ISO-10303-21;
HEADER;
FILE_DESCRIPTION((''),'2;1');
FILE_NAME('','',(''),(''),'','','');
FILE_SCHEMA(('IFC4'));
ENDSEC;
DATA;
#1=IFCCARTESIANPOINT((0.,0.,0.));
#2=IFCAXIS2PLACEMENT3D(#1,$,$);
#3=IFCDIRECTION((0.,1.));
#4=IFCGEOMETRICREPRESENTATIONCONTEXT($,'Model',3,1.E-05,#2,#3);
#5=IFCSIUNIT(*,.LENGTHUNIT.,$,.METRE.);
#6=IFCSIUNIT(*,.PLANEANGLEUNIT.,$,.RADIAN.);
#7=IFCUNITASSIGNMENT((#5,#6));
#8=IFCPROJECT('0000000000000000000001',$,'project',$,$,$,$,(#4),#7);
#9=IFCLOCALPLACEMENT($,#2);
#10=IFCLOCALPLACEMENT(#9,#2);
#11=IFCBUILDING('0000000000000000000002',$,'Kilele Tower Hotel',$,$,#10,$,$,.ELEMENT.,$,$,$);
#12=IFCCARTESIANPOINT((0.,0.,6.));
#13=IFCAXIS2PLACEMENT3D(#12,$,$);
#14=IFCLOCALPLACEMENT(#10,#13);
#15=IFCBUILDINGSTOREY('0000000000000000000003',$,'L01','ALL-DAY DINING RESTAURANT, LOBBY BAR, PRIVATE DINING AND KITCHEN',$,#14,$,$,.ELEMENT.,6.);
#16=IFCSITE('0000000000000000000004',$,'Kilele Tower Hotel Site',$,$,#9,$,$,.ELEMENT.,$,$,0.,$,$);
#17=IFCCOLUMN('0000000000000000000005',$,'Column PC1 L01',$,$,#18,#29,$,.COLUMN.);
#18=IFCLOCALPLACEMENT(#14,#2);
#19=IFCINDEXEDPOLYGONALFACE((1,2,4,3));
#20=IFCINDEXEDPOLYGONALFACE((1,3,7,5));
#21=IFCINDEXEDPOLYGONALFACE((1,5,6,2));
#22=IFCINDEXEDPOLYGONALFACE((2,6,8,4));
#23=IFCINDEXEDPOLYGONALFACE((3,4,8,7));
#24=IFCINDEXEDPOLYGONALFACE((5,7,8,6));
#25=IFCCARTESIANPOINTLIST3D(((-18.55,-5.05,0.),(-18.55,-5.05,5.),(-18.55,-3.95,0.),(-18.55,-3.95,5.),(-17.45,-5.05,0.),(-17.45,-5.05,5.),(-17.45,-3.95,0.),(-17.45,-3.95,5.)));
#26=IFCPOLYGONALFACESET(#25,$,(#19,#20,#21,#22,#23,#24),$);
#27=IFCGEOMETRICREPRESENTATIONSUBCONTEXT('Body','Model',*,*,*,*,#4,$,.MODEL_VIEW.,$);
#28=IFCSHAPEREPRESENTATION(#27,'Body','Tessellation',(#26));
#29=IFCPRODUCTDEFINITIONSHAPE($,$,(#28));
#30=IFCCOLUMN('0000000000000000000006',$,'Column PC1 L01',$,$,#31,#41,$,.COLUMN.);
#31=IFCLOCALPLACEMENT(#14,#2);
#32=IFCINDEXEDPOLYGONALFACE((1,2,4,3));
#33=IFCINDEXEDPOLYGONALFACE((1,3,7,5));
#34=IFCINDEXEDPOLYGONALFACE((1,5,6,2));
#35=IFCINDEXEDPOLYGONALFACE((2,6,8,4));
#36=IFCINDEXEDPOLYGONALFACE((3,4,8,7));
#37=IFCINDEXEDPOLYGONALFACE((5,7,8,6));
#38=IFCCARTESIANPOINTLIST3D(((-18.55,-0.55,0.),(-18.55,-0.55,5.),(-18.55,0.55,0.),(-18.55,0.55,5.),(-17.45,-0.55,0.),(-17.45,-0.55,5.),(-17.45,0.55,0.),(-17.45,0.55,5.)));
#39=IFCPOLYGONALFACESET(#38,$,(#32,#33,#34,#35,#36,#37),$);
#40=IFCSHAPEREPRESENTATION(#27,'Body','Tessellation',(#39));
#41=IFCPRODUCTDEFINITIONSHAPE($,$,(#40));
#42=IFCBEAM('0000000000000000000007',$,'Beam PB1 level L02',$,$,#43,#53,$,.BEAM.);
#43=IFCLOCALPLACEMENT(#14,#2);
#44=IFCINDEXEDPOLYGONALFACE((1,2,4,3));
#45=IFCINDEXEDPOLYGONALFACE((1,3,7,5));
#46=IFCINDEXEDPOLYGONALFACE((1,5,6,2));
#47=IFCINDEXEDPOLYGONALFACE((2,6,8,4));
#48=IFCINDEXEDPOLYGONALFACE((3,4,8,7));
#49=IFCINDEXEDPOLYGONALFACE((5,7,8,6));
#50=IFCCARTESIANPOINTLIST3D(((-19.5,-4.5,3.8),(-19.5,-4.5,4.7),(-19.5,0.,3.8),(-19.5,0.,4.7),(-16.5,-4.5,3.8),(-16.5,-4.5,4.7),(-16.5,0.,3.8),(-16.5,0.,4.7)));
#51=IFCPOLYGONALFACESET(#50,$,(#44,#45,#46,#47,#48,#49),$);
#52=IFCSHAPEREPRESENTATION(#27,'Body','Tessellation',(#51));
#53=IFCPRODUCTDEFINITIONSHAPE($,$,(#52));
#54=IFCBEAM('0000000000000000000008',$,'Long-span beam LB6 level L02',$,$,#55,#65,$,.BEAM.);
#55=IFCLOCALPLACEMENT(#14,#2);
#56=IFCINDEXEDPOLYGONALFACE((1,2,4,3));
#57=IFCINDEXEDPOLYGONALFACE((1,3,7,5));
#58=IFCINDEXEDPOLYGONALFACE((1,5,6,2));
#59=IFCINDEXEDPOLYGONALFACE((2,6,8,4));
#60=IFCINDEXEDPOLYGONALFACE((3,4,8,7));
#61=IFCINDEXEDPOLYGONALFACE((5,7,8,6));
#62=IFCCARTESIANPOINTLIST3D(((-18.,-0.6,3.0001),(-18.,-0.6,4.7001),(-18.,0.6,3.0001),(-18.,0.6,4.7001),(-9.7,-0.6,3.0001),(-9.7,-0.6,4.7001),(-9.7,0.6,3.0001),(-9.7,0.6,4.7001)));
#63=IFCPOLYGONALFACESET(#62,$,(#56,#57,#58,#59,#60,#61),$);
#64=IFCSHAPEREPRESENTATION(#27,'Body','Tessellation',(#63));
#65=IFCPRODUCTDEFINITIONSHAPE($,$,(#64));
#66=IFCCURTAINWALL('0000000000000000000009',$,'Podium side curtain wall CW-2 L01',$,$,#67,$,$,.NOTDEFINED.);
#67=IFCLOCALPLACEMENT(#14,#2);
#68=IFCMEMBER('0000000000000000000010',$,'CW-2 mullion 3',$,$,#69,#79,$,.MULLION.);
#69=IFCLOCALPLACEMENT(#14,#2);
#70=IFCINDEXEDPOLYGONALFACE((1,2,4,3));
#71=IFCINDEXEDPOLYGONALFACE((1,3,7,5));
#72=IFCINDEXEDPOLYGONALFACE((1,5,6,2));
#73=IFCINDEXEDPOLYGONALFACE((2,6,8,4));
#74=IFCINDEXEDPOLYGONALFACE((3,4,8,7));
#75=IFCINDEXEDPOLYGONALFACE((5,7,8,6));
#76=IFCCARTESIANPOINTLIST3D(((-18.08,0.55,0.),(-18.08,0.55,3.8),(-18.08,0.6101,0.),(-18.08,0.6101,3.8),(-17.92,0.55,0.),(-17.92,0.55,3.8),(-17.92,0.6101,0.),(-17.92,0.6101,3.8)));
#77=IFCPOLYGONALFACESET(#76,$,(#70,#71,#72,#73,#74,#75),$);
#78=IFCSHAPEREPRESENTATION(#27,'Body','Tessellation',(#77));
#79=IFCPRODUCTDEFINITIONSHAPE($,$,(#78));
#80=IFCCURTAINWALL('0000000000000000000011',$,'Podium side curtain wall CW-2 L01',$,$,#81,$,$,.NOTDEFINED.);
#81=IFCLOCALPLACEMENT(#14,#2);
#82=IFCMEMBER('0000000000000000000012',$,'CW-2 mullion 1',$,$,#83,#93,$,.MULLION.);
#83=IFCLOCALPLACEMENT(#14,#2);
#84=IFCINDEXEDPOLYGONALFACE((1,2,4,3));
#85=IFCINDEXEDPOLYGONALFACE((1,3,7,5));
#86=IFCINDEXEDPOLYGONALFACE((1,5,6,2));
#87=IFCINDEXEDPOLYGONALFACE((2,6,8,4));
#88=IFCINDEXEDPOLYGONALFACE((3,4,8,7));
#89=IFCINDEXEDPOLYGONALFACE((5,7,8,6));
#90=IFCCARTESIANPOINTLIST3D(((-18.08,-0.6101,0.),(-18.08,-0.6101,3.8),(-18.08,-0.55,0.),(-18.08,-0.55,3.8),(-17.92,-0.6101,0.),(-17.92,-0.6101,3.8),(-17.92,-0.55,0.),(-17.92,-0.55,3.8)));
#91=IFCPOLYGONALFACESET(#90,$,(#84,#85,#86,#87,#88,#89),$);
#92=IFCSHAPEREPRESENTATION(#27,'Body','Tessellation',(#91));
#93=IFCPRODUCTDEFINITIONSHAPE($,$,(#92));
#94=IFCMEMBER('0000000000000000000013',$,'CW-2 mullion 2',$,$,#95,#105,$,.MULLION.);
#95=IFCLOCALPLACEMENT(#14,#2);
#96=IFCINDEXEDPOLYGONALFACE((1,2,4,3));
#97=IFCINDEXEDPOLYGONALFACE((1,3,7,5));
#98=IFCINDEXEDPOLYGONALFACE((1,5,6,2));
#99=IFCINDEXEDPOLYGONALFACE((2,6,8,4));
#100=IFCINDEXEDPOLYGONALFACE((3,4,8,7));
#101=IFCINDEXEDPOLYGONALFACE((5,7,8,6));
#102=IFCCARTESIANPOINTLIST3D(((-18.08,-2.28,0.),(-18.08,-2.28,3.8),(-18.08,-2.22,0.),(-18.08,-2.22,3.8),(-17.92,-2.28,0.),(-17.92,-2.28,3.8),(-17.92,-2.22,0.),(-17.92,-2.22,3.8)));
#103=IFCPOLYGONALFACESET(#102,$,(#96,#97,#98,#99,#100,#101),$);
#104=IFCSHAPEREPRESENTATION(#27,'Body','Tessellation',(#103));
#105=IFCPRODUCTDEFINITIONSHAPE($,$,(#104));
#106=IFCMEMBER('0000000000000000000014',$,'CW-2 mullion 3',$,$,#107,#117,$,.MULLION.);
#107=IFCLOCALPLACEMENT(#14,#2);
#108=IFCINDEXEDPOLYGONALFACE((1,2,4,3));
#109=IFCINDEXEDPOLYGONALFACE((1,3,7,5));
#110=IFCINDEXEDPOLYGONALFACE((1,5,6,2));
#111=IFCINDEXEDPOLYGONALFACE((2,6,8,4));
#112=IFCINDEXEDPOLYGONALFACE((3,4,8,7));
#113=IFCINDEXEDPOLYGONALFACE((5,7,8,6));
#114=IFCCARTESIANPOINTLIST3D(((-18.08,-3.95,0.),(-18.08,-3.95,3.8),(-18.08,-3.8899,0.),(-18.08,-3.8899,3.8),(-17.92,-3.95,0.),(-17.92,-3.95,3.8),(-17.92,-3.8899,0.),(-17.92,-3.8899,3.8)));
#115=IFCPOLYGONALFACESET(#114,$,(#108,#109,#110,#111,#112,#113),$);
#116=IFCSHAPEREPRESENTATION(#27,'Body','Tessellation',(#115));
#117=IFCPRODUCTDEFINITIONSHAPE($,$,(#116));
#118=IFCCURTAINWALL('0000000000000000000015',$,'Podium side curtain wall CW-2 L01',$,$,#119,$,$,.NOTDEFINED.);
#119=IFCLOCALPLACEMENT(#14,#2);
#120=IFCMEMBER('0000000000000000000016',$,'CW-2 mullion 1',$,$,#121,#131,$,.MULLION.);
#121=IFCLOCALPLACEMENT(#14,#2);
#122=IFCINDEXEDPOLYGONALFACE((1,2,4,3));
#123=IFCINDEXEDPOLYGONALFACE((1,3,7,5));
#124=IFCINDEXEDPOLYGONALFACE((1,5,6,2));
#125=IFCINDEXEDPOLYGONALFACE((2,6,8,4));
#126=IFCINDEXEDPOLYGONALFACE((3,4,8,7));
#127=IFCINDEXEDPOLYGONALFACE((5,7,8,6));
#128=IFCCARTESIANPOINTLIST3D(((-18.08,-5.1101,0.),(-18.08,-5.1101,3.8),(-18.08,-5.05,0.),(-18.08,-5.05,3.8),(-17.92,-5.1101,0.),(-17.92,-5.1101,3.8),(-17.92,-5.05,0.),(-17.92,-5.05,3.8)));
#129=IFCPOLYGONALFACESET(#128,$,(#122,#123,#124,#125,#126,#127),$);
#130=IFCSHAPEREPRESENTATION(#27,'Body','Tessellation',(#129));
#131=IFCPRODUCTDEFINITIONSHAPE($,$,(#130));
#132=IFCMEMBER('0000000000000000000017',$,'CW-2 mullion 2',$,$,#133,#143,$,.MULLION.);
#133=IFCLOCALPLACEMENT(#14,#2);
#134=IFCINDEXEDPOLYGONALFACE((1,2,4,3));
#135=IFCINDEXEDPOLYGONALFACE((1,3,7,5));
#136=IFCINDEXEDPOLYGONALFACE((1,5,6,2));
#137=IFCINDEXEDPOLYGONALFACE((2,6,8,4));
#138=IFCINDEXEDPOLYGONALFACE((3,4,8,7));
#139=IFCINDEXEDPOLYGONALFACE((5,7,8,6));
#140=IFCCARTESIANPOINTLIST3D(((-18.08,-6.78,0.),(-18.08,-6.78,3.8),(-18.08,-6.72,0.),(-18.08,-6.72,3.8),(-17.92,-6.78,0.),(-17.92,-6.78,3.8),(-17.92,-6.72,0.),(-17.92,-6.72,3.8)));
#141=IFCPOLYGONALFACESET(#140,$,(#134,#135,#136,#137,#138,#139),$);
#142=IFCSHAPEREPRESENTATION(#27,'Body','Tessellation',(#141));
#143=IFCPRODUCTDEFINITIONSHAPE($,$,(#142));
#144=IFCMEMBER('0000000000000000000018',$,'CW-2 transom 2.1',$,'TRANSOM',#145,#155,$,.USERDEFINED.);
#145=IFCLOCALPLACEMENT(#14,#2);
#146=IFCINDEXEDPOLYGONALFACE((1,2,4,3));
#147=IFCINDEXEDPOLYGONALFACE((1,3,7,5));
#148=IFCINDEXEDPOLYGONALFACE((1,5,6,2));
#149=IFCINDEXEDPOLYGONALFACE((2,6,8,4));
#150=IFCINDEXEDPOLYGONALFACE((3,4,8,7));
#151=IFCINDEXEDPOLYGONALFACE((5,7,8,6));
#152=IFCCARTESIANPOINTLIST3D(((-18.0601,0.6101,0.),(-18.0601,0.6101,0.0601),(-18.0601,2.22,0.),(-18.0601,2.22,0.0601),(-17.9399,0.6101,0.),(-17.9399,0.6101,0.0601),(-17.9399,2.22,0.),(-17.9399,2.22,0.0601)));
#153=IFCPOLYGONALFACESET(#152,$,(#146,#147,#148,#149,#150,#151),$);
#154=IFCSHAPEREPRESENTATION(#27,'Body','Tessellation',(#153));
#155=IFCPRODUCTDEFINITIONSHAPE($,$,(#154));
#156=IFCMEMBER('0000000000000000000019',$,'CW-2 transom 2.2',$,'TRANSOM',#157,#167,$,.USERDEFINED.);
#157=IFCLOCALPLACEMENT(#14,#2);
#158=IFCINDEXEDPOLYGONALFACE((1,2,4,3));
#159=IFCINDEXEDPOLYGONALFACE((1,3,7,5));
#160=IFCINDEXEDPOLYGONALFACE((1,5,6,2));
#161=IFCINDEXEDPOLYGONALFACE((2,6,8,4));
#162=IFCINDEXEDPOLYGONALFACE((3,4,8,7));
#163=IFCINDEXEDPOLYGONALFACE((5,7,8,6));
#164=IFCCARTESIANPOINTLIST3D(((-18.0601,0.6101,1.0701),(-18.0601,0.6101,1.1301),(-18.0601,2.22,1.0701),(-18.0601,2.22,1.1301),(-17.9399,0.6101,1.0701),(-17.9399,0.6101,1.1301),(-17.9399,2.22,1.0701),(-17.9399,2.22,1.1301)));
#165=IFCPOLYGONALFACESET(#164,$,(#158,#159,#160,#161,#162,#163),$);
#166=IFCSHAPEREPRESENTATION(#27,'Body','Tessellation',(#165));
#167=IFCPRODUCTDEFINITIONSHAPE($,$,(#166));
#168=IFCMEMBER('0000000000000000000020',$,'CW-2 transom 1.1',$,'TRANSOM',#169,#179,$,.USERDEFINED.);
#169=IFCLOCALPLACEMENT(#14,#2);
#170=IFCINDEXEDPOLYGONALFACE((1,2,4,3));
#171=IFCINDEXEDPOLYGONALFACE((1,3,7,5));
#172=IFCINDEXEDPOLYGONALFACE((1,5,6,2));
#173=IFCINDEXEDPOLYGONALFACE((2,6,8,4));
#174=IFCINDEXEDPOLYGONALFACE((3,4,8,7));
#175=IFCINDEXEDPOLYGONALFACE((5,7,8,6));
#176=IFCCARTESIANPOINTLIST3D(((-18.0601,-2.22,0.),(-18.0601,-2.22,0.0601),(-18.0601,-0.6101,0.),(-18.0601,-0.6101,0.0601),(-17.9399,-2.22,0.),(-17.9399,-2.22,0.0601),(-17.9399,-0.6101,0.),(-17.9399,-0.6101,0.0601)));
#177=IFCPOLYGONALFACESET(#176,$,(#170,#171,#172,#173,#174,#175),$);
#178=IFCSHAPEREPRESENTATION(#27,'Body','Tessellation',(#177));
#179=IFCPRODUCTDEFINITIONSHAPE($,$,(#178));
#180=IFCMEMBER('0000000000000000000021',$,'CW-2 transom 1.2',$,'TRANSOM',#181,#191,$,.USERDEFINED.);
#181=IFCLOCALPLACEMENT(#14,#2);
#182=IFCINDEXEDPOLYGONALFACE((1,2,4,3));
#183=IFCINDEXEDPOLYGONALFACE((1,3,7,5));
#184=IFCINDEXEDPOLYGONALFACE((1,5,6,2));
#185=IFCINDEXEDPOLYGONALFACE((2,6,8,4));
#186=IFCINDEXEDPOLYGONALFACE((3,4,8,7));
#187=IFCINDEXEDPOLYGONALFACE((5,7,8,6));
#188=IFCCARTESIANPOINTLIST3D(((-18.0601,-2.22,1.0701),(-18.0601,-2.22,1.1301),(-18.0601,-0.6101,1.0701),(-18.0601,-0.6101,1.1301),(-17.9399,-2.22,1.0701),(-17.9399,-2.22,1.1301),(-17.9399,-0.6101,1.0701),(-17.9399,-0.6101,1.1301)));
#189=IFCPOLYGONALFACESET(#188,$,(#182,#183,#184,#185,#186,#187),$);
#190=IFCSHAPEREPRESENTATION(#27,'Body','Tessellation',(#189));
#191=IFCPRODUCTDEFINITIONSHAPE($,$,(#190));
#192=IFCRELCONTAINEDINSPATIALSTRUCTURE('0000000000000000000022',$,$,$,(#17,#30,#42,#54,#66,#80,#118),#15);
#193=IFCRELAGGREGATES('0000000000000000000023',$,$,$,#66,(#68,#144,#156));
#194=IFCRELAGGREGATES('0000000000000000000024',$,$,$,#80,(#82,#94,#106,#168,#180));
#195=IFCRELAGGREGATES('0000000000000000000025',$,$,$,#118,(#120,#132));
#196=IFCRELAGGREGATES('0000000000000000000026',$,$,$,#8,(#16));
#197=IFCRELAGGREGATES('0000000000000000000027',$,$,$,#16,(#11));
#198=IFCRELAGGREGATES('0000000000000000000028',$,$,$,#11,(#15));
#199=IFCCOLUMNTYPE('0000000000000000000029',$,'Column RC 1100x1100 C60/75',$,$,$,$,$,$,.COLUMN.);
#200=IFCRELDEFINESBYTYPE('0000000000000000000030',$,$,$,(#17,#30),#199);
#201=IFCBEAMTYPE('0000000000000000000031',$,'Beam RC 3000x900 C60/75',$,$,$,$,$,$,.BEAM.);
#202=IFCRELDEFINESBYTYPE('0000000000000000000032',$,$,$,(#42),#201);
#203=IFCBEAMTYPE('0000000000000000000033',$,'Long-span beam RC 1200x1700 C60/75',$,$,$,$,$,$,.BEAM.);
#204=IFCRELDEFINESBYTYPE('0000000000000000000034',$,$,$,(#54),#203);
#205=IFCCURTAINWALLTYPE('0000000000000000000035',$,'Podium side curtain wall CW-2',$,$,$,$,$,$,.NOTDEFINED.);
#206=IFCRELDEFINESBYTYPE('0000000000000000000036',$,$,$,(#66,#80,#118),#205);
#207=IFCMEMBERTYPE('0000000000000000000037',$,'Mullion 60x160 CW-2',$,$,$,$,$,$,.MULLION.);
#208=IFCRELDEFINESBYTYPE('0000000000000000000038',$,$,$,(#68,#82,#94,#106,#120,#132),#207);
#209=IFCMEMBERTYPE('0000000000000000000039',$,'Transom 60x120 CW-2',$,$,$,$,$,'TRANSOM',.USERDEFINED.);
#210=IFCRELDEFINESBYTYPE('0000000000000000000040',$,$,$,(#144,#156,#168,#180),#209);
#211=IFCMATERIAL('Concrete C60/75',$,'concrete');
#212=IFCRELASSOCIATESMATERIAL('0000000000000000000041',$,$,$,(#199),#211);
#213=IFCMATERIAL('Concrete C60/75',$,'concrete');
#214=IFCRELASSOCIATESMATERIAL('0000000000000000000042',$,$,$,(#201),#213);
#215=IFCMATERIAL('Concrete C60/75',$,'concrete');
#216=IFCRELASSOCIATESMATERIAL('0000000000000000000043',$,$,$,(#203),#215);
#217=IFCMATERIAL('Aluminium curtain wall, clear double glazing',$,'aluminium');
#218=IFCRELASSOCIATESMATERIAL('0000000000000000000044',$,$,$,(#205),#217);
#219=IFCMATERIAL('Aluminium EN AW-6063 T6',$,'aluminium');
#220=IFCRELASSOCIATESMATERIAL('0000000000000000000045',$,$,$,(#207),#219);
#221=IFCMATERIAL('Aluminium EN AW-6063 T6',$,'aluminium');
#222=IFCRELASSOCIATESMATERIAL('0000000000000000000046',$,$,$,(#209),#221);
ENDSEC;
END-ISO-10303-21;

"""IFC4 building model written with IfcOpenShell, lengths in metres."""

from ifc_helpers import new_model, si_unit, direction, frame, origin, origin_2d, place, context, subcontext, project, spatial, rectangle, extrude, material, material_profile, profile_set, type_object, element, aggregate, save


model = new_model("IFC4")

# Units and contexts
model_context = context("Model", 3, precision=1e-05, world=origin(), true_north=direction((0.0, 1.0)))
body_context = subcontext(model_context, "Body", "Model", "MODEL_VIEW")
ifc_project = project(units=[si_unit("LENGTHUNIT", "METRE"), si_unit("PLANEANGLEUNIT", "RADIAN")], contexts=[model_context])

# Site, building, storey
site_placement = place(None, origin())
site = spatial("IfcSite", under=ifc_project, at=site_placement, Name="Kilele Tower Hotel Site", CompositionType="ELEMENT", RefElevation=0.0)
building_placement = place(site_placement, origin())
building = spatial("IfcBuilding", under=site, at=building_placement, Name="Kilele Tower Hotel", CompositionType="ELEMENT")
storey_placement = place(building_placement, frame((0.0, 0.0, 6.0)))
storey = spatial("IfcBuildingStorey", under=building, at=storey_placement, Name="L01", Description="ALL-DAY DINING RESTAURANT, LOBBY BAR, PRIVATE DINING AND KITCHEN", CompositionType="ELEMENT", Elevation=6.0)

# Columns
ifc_material_1 = material(Name="Concrete C60/75", Category="concrete")
ifc_material_profile_1 = material_profile(ifc_material_1, rectangle(XDim=1.1001, YDim=1.1001, at=origin_2d()))
ifc_profile_set_1 = profile_set([ifc_material_profile_1], Name="Concrete C60/75")
column_type = type_object("IfcColumnType", Name="Column RC 1100x1100 C60/75", PredefinedType="COLUMN", material=ifc_profile_set_1)
for number, where, z_axis, x_axis, name in (
    (1, (-18.0, -4.5, 0.0), (0.0, 0.0, 1.0), (1.0, 0.0, 0.0), "Column PC1 L01"),
    (2, (-18.0, 0.0, 0.0), (0.0, 0.0, 1.0), (1.0, 0.0, 0.0), "Column PC1 L01"),
):
    element("IfcColumn", number, at=place(storey_placement, frame(where, z_axis=z_axis, x_axis=x_axis)), inside=storey, type_object=column_type, Name=name, PredefinedType="COLUMN", context=body_context, shape_type="SweptSolid", body=[
        extrude(rectangle(XDim=1.1001, YDim=1.1001, at=origin_2d()), origin(), (0.0, 0.0, 1.0), 5.0),
    ])

# Beams
ifc_material_2 = material(Name="Concrete C60/75", Category="concrete")
ifc_material_profile_2 = material_profile(ifc_material_2, rectangle(XDim=3.0, YDim=0.8999, at=origin_2d()))
ifc_profile_set_2 = profile_set([ifc_material_profile_2], Name="Concrete C60/75")
beam_type_1 = type_object("IfcBeamType", Name="Beam RC 3000x900 C60/75", PredefinedType="BEAM", material=ifc_profile_set_2)
beam_1_placement = place(storey_placement, frame((-18.0, -4.5, 4.25), z_axis=(0.0, 1.0, 0.0), x_axis=(-1.0, 0.0, 0.0)))
element("IfcBeam", 3, at=beam_1_placement, inside=storey, type_object=beam_type_1, Name="Beam PB1 level L02", PredefinedType="BEAM", context=body_context, shape_type="SweptSolid", body=[
    extrude(rectangle(XDim=3.0, YDim=0.8999, at=origin_2d()), origin(), (0.0, 0.0, 1.0), 4.5),
])
ifc_material_3 = material(Name="Concrete C60/75", Category="concrete")
ifc_material_profile_3 = material_profile(ifc_material_3, rectangle(XDim=1.2, YDim=1.7, at=origin_2d()))
ifc_profile_set_3 = profile_set([ifc_material_profile_3], Name="Concrete C60/75")
beam_type_2 = type_object("IfcBeamType", Name="Long-span beam RC 1200x1700 C60/75", PredefinedType="BEAM", material=ifc_profile_set_3)
beam_2_placement = place(storey_placement, frame((-18.0, 0.0, 3.8501), z_axis=(1.0, 0.0, 0.0), x_axis=(0.0, 1.0, 0.0)))
element("IfcBeam", 4, at=beam_2_placement, inside=storey, type_object=beam_type_2, Name="Long-span beam LB6 level L02", PredefinedType="BEAM", context=body_context, shape_type="SweptSolid", body=[
    extrude(rectangle(XDim=1.2, YDim=1.7, at=origin_2d()), origin(), (0.0, 0.0, 1.0), 8.3),
])

# Curtain wall, member
ifc_material_4 = material(Name="Aluminium curtain wall, clear double glazing", Category="aluminium")
curtain_wall_type = type_object("IfcCurtainWallType", Name="Podium side curtain wall CW-2", PredefinedType="NOTDEFINED", material=ifc_material_4)
curtain_wall_1_placement = place(storey_placement, origin())
curtain_wall_1 = element("IfcCurtainWall", 5, at=curtain_wall_1_placement, inside=storey, type_object=curtain_wall_type, Name="Podium side curtain wall CW-2 L01", PredefinedType="NOTDEFINED")
ifc_material_5 = material(Name="Aluminium EN AW-6063 T6", Category="aluminium")
ifc_material_profile_4 = material_profile(ifc_material_5, rectangle(XDim=0.1599, YDim=0.0601, at=origin_2d()))
ifc_profile_set_4 = profile_set([ifc_material_profile_4], Name="Aluminium EN AW-6063 T6")
member_type_1 = type_object("IfcMemberType", Name="Mullion 60x160 CW-2", PredefinedType="MULLION", material=ifc_profile_set_4)
member_1_placement = place(storey_placement, frame((-18.0, 0.5801, 0.0), z_axis=(0.0, 0.0, 1.0), x_axis=(1.0, 0.0, 0.0)))
member_1 = element("IfcMember", 6, at=member_1_placement, type_object=member_type_1, Name="CW-2 mullion 3", PredefinedType="MULLION", context=body_context, shape_type="SweptSolid", body=[
    extrude(rectangle(XDim=0.1599, YDim=0.0601, at=origin_2d()), origin(), (0.0, 0.0, 1.0), 3.8),
])

# Curtain walls, members
curtain_wall_2_placement = place(storey_placement, origin())
curtain_wall_2 = element("IfcCurtainWall", 7, at=curtain_wall_2_placement, inside=storey, type_object=curtain_wall_type, Name="Podium side curtain wall CW-2 L01", PredefinedType="NOTDEFINED")
member_2_placement = place(storey_placement, frame((-18.0, -0.5801, 0.0), z_axis=(0.0, 0.0, 1.0), x_axis=(1.0, 0.0, 0.0)))
member_2 = element("IfcMember", 8, at=member_2_placement, type_object=member_type_1, Name="CW-2 mullion 1", PredefinedType="MULLION", context=body_context, shape_type="SweptSolid", body=[
    extrude(rectangle(XDim=0.1599, YDim=0.0601, at=origin_2d()), origin(), (0.0, 0.0, 1.0), 3.8),
])
member_3_placement = place(storey_placement, frame((-18.0, -2.25, 0.0), z_axis=(0.0, 0.0, 1.0), x_axis=(1.0, 0.0, 0.0)))
member_3 = element("IfcMember", 9, at=member_3_placement, type_object=member_type_1, Name="CW-2 mullion 2", PredefinedType="MULLION", context=body_context, shape_type="SweptSolid", body=[
    extrude(rectangle(XDim=0.1599, YDim=0.0601, at=origin_2d()), origin(), (0.0, 0.0, 1.0), 3.8),
])
member_4_placement = place(storey_placement, frame((-18.0, -3.9199, 0.0), z_axis=(0.0, 0.0, 1.0), x_axis=(1.0, 0.0, 0.0)))
member_4 = element("IfcMember", 10, at=member_4_placement, type_object=member_type_1, Name="CW-2 mullion 3", PredefinedType="MULLION", context=body_context, shape_type="SweptSolid", body=[
    extrude(rectangle(XDim=0.1599, YDim=0.0601, at=origin_2d()), origin(), (0.0, 0.0, 1.0), 3.8),
])
curtain_wall_3_placement = place(storey_placement, origin())
curtain_wall_3 = element("IfcCurtainWall", 11, at=curtain_wall_3_placement, inside=storey, type_object=curtain_wall_type, Name="Podium side curtain wall CW-2 L01", PredefinedType="NOTDEFINED")
member_5_placement = place(storey_placement, frame((-18.0, -5.0801, 0.0), z_axis=(0.0, 0.0, 1.0), x_axis=(1.0, 0.0, 0.0)))
member_5 = element("IfcMember", 12, at=member_5_placement, type_object=member_type_1, Name="CW-2 mullion 1", PredefinedType="MULLION", context=body_context, shape_type="SweptSolid", body=[
    extrude(rectangle(XDim=0.1599, YDim=0.0601, at=origin_2d()), origin(), (0.0, 0.0, 1.0), 3.8),
])
member_6_placement = place(storey_placement, frame((-18.0, -6.75, 0.0), z_axis=(0.0, 0.0, 1.0), x_axis=(1.0, 0.0, 0.0)))
member_6 = element("IfcMember", 13, at=member_6_placement, type_object=member_type_1, Name="CW-2 mullion 2", PredefinedType="MULLION", context=body_context, shape_type="SweptSolid", body=[
    extrude(rectangle(XDim=0.1599, YDim=0.0601, at=origin_2d()), origin(), (0.0, 0.0, 1.0), 3.8),
])

# Members
ifc_material_6 = material(Name="Aluminium EN AW-6063 T6", Category="aluminium")
ifc_material_profile_5 = material_profile(ifc_material_6, rectangle(XDim=0.1201, YDim=0.0601, at=origin_2d()))
ifc_profile_set_5 = profile_set([ifc_material_profile_5], Name="Aluminium EN AW-6063 T6")
member_type_2 = type_object("IfcMemberType", Name="Transom 60x120 CW-2", ElementType="TRANSOM", PredefinedType="USERDEFINED", material=ifc_profile_set_5)
member_7_placement = place(storey_placement, frame((-18.0, 2.22, 0.03), z_axis=(0.0, -1.0, 0.0), x_axis=(1.0, 0.0, 0.0)))
member_7 = element("IfcMember", 14, at=member_7_placement, type_object=member_type_2, Name="CW-2 transom 2.1", ObjectType="TRANSOM", PredefinedType="USERDEFINED", context=body_context, shape_type="SweptSolid", body=[
    extrude(rectangle(XDim=0.1201, YDim=0.0601, at=origin_2d()), origin(), (0.0, 0.0, 1.0), 1.6099),
])
member_8_placement = place(storey_placement, frame((-18.0, 2.22, 1.1001), z_axis=(0.0, -1.0, 0.0), x_axis=(1.0, 0.0, 0.0)))
member_8 = element("IfcMember", 15, at=member_8_placement, type_object=member_type_2, Name="CW-2 transom 2.2", ObjectType="TRANSOM", PredefinedType="USERDEFINED", context=body_context, shape_type="SweptSolid", body=[
    extrude(rectangle(XDim=0.1201, YDim=0.0601, at=origin_2d()), origin(), (0.0, 0.0, 1.0), 1.6099),
])
member_9_placement = place(storey_placement, frame((-18.0, -0.6101, 0.03), z_axis=(0.0, -1.0, 0.0), x_axis=(1.0, 0.0, 0.0)))
member_9 = element("IfcMember", 16, at=member_9_placement, type_object=member_type_2, Name="CW-2 transom 1.1", ObjectType="TRANSOM", PredefinedType="USERDEFINED", context=body_context, shape_type="SweptSolid", body=[
    extrude(rectangle(XDim=0.1201, YDim=0.0601, at=origin_2d()), origin(), (0.0, 0.0, 1.0), 1.6099),
])
member_10_placement = place(storey_placement, frame((-18.0, -0.6101, 1.1001), z_axis=(0.0, -1.0, 0.0), x_axis=(1.0, 0.0, 0.0)))
member_10 = element("IfcMember", 17, at=member_10_placement, type_object=member_type_2, Name="CW-2 transom 1.2", ObjectType="TRANSOM", PredefinedType="USERDEFINED", context=body_context, shape_type="SweptSolid", body=[
    extrude(rectangle(XDim=0.1201, YDim=0.0601, at=origin_2d()), origin(), (0.0, 0.0, 1.0), 1.6099),
])

aggregate(curtain_wall_1, [member_1, member_7, member_8])
aggregate(curtain_wall_2, [member_2, member_3, member_4, member_9, member_10])
aggregate(curtain_wall_3, [member_5, member_6])

save(model, "model.ifc")
